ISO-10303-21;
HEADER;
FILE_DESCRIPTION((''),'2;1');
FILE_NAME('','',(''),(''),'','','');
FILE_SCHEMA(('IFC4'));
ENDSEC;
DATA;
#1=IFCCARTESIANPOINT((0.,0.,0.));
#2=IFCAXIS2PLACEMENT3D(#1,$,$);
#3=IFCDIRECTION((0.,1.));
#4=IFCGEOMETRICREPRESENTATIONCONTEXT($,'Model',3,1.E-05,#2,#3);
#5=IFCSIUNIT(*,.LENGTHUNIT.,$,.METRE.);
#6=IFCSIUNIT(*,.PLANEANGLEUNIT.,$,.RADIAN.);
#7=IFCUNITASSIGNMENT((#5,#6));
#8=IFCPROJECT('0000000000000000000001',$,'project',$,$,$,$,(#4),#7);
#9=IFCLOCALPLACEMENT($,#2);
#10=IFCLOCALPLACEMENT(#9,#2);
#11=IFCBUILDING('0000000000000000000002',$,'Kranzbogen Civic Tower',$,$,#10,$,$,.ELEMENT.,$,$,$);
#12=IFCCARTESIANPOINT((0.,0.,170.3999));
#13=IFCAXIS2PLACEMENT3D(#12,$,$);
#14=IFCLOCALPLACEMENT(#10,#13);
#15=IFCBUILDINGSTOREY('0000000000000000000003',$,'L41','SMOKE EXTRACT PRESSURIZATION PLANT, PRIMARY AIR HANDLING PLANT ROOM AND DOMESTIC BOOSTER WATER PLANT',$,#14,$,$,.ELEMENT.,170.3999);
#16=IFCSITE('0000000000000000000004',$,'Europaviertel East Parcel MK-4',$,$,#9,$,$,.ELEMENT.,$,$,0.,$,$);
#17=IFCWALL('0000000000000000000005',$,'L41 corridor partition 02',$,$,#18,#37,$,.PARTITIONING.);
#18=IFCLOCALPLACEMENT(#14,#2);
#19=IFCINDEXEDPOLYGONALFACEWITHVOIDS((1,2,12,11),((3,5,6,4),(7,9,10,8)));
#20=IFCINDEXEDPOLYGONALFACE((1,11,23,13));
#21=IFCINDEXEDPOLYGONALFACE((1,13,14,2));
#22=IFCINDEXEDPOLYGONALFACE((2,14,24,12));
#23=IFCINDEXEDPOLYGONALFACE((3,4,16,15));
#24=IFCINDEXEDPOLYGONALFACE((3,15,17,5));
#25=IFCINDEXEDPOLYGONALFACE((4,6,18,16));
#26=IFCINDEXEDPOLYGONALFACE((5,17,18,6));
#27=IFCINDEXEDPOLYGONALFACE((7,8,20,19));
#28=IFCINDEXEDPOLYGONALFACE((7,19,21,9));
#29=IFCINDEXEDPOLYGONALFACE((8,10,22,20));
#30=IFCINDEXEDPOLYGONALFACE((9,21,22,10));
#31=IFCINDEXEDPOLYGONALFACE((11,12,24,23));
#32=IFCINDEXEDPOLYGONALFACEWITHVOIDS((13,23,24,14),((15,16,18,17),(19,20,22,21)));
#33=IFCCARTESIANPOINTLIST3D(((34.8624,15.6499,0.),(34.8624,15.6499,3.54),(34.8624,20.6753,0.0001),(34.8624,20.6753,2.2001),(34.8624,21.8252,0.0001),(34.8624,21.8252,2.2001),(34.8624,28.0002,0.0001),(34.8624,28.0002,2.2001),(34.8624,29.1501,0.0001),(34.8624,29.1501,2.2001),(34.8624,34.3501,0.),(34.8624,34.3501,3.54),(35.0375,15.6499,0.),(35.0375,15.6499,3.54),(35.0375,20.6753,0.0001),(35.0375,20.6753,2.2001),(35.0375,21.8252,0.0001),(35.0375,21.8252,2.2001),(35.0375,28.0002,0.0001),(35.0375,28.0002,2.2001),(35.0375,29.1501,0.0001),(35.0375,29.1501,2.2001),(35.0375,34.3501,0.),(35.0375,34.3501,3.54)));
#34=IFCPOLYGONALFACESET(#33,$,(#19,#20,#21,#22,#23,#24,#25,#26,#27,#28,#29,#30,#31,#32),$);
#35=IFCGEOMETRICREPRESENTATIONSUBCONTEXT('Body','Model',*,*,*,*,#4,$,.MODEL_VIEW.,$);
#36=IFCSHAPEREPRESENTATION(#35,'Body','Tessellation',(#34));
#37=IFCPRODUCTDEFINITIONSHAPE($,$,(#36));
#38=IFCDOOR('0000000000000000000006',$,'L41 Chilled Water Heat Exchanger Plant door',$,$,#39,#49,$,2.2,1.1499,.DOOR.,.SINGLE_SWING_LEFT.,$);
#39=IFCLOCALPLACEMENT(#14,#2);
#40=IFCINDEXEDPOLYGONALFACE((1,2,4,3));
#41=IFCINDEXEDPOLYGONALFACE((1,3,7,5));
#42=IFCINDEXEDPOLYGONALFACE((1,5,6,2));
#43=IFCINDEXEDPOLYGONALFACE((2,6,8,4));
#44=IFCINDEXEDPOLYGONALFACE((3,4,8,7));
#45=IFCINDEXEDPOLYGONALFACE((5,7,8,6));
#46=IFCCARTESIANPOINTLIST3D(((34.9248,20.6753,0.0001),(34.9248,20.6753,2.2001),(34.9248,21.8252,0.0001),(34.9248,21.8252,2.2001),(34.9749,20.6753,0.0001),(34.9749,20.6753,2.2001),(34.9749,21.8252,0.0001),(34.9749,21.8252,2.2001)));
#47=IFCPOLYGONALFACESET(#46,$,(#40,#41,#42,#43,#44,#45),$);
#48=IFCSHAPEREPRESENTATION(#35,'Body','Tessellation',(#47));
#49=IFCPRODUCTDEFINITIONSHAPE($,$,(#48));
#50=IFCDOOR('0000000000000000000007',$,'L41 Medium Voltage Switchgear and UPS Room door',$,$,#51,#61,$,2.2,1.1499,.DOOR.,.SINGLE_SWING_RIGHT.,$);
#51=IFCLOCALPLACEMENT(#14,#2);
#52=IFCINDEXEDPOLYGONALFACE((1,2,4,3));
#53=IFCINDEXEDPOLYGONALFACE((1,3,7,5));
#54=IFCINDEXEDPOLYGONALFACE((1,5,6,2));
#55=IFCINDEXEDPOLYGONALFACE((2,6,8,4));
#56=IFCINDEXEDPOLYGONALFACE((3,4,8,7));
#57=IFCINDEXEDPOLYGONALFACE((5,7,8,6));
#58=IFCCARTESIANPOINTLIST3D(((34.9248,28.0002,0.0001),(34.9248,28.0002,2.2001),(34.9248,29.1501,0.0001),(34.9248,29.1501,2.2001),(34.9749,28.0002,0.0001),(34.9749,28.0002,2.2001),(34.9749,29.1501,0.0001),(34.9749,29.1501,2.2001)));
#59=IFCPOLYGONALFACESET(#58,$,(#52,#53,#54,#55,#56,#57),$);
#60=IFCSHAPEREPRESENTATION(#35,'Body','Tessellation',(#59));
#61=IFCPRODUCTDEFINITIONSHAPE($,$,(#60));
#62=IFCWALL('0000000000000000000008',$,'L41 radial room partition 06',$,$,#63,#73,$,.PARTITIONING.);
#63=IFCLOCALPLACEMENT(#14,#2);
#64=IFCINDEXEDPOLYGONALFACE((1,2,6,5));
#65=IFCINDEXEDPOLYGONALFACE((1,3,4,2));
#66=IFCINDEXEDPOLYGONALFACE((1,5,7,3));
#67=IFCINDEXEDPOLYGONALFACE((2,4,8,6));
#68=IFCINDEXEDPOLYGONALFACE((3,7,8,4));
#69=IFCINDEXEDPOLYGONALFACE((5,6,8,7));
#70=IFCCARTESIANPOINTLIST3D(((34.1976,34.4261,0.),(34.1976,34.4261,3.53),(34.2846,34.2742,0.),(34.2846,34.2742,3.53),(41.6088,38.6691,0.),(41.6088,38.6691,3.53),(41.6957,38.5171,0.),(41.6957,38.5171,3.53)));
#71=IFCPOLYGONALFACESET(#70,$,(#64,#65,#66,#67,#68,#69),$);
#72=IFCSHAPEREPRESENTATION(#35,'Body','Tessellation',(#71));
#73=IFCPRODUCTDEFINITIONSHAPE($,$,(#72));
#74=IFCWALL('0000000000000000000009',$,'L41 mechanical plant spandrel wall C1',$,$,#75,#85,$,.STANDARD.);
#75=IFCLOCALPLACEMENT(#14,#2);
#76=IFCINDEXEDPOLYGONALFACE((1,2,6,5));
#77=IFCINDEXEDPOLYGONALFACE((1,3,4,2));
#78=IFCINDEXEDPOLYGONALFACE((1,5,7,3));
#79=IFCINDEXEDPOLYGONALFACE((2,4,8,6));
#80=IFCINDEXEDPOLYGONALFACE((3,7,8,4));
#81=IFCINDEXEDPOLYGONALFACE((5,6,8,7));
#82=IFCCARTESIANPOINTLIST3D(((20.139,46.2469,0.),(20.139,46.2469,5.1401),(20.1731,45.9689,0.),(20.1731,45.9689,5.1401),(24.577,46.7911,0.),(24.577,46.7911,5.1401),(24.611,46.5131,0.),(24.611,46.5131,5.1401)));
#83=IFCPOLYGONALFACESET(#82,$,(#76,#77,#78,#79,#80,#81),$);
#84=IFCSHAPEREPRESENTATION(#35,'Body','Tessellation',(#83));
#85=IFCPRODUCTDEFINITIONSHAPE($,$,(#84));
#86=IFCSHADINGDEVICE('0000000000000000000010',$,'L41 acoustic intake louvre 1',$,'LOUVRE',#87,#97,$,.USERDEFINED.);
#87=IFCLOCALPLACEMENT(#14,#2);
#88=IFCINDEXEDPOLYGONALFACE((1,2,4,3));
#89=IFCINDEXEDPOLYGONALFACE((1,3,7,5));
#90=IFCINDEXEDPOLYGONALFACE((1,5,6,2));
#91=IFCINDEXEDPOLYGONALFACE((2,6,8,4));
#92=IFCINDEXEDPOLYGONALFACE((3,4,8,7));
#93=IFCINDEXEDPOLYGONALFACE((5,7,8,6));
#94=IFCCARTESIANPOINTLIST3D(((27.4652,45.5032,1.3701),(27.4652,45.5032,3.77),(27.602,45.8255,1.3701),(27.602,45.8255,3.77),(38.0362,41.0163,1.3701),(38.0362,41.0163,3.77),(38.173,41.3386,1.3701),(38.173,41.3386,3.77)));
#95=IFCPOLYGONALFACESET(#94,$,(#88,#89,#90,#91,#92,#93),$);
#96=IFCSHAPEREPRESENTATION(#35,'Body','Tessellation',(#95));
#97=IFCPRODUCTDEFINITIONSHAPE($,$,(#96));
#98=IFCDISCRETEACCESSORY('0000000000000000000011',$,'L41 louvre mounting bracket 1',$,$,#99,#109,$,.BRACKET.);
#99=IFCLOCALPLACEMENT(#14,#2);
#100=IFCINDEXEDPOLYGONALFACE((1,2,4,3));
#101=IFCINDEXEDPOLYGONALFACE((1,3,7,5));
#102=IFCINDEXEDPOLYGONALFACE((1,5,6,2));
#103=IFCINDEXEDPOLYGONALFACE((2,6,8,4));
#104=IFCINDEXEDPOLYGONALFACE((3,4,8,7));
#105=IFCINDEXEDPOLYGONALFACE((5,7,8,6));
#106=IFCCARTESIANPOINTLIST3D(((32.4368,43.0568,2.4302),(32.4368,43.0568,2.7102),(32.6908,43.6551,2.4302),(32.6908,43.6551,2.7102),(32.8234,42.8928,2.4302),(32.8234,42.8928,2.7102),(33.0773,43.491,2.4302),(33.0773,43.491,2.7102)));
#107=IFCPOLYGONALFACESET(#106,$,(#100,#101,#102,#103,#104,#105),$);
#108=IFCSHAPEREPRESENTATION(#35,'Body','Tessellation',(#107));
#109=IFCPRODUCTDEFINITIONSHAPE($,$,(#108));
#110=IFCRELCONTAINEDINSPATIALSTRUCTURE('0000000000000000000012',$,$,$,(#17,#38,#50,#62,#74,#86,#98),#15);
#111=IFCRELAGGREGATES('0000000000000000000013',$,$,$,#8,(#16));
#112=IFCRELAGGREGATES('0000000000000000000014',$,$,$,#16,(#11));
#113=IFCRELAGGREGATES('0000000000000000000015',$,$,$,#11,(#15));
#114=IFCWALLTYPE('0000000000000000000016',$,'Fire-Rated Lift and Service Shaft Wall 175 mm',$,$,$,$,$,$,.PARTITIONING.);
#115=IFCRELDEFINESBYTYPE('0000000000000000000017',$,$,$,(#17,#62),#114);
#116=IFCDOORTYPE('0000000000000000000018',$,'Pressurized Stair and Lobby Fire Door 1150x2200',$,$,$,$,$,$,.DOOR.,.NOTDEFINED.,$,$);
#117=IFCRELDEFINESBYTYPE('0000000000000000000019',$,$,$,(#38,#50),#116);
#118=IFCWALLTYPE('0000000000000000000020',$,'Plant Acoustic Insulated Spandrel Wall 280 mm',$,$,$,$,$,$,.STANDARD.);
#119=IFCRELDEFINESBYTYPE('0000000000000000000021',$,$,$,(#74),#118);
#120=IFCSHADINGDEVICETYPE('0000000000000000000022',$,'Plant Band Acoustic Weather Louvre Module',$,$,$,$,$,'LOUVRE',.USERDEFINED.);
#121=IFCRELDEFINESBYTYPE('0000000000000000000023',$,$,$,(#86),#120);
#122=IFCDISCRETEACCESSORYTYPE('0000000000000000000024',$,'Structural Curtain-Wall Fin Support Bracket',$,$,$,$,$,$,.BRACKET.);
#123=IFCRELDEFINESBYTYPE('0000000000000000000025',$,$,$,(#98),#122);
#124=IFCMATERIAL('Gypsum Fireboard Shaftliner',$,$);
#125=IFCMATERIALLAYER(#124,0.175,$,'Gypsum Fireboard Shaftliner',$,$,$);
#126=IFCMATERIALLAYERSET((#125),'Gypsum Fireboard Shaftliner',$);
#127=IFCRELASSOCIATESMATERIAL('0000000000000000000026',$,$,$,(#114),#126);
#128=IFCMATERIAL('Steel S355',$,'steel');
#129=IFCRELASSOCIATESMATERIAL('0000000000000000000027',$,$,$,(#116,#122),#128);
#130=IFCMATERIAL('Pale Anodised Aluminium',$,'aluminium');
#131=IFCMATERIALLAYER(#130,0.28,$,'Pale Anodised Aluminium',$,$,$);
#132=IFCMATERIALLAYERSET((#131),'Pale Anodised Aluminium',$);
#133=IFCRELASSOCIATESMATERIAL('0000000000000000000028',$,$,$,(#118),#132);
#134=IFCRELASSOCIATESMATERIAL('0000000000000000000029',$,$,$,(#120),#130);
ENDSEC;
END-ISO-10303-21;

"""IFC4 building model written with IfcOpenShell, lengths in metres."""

from ifc_helpers import new_model, si_unit, direction, frame, frame_2d, origin, origin_2d, place, context, subcontext, project, spatial, rectangle, extrude, material, layer, layer_set, type_object, element, fill, save


model = new_model("IFC4")

# Units and contexts
model_context = context("Model", 3, precision=1e-05, world=origin(), true_north=direction((0.0, 1.0)))
body_context = subcontext(model_context, "Body", "Model", "MODEL_VIEW")
ifc_project = project(units=[si_unit("LENGTHUNIT", "METRE"), si_unit("PLANEANGLEUNIT", "RADIAN")], contexts=[model_context])

# Site, building, storey
site_placement = place(None, origin())
site = spatial("IfcSite", under=ifc_project, at=site_placement, Name="Europaviertel East Parcel MK-4", CompositionType="ELEMENT", RefElevation=0.0)
building_placement = place(site_placement, origin())
building = spatial("IfcBuilding", under=site, at=building_placement, Name="Kranzbogen Civic Tower", CompositionType="ELEMENT")
storey_placement = place(building_placement, frame((0.0, 0.0, 170.3999)))
storey = spatial("IfcBuildingStorey", under=building, at=storey_placement, Name="L41", Description="SMOKE EXTRACT PRESSURIZATION PLANT, PRIMARY AIR HANDLING PLANT ROOM AND DOMESTIC BOOSTER WATER PLANT", CompositionType="ELEMENT", Elevation=170.3999)

# Shared definitions
ifc_material_1 = material(Name="Steel S355", Category="steel")

# Wall, openings, doors
ifc_material_2 = material(Name="Gypsum Fireboard Shaftliner")
ifc_layer_1 = layer(ifc_material_2, 0.175, Name="Gypsum Fireboard Shaftliner")
ifc_layer_set_1 = layer_set([ifc_layer_1], Name="Gypsum Fireboard Shaftliner")
wall_type_1 = type_object("IfcWallType", Name="Fire-Rated Lift and Service Shaft Wall 175 mm", PredefinedType="PARTITIONING", material=ifc_layer_set_1)
wall_1_placement = place(storey_placement, frame((34.95, 34.3501, 0.0), z_axis=(0.0, 0.0, 1.0), x_axis=(0.0, -1.0, 0.0)))
wall_1 = element("IfcWall", 1, at=wall_1_placement, inside=storey, type_object=wall_type_1, Name="L41 corridor partition 02", PredefinedType="PARTITIONING", context=body_context, shape_type="SweptSolid", body=[
    extrude(rectangle(XDim=18.7002, YDim=0.175, at=frame_2d((9.3501, 0.0))), origin(), (0.0, 0.0, 1.0), 3.54),
])
opening_1_placement = place(wall_1_placement, frame((12.5249, 0.0, 0.0)))
opening_1 = element("IfcOpeningElement", 2, at=opening_1_placement, cuts=wall_1, PredefinedType="OPENING", context=body_context, shape_type="SweptSolid", body=[
    extrude(rectangle(XDim=1.1499, YDim=2.2, at=frame_2d((0.575, 1.1001))), frame((0.0, 0.0977, 0.0), z_axis=(0.0, -1.0, 0.0), x_axis=(1.0, 0.0, 0.0)), (0.0, 0.0, 1.0), 0.1951),
])
opening_2_placement = place(wall_1_placement, frame((5.2, 0.0, 0.0)))
opening_2 = element("IfcOpeningElement", 3, at=opening_2_placement, cuts=wall_1, PredefinedType="OPENING", context=body_context, shape_type="SweptSolid", body=[
    extrude(rectangle(XDim=1.1499, YDim=2.2, at=frame_2d((0.575, 1.1001))), frame((0.0, 0.0977, 0.0), z_axis=(0.0, -1.0, 0.0), x_axis=(1.0, 0.0, 0.0)), (0.0, 0.0, 1.0), 0.1951),
])
door_type = type_object("IfcDoorType", Name="Pressurized Stair and Lobby Fire Door 1150x2200", OperationType="NOTDEFINED", PredefinedType="DOOR", material=ifc_material_1)
door_1_placement = place(opening_1_placement, origin())
door_1 = element("IfcDoor", 4, at=door_1_placement, inside=storey, type_object=door_type, Name="L41 Chilled Water Heat Exchanger Plant door", OperationType="SINGLE_SWING_LEFT", OverallHeight=2.2, OverallWidth=1.1499, PredefinedType="DOOR", context=body_context, shape_type="SweptSolid", body=[
    extrude(rectangle(XDim=1.1499, YDim=2.2, at=frame_2d((0.575, 1.1001))), frame((0.0, 0.0249, 0.0), z_axis=(0.0, -1.0, 0.0), x_axis=(1.0, 0.0, 0.0)), (0.0, 0.0, 1.0), 0.05),
])
fill(opening_1, door_1)
door_2_placement = place(opening_2_placement, origin())
door_2 = element("IfcDoor", 5, at=door_2_placement, inside=storey, type_object=door_type, Name="L41 Medium Voltage Switchgear and UPS Room door", OperationType="SINGLE_SWING_RIGHT", OverallHeight=2.2, OverallWidth=1.1499, PredefinedType="DOOR", context=body_context, shape_type="SweptSolid", body=[
    extrude(rectangle(XDim=1.1499, YDim=2.2, at=frame_2d((0.575, 1.1001))), frame((0.0, 0.0249, 0.0), z_axis=(0.0, -1.0, 0.0), x_axis=(1.0, 0.0, 0.0)), (0.0, 0.0, 1.0), 0.05),
])
fill(opening_2, door_2)

# Walls
wall_2_placement = place(storey_placement, frame((34.241, 34.3501, 0.0), z_axis=(0.0, 0.0, 1.0), x_axis=(0.86784, 0.496844, 0.0)))
element("IfcWall", 6, at=wall_2_placement, inside=storey, type_object=wall_type_1, Name="L41 radial room partition 06", PredefinedType="PARTITIONING", context=body_context, shape_type="SweptSolid", body=[
    extrude(rectangle(XDim=8.5398, YDim=0.175, at=frame_2d((4.27, 0.0))), origin(), (0.0, 0.0, 1.0), 3.53),
])
ifc_material_3 = material(Name="Pale Anodised Aluminium", Category="aluminium")
ifc_layer_2 = layer(ifc_material_3, 0.28, Name="Pale Anodised Aluminium")
ifc_layer_set_2 = layer_set([ifc_layer_2], Name="Pale Anodised Aluminium")
wall_type_2 = type_object("IfcWallType", Name="Plant Acoustic Insulated Spandrel Wall 280 mm", PredefinedType="STANDARD", material=ifc_layer_set_2)
wall_3_placement = place(storey_placement, frame((24.594, 46.6521, 0.0), z_axis=(0.0, 0.0, 1.0), x_axis=(-0.992566, -0.121709, 0.0)))
element("IfcWall", 7, at=wall_3_placement, inside=storey, type_object=wall_type_2, Name="L41 mechanical plant spandrel wall C1", PredefinedType="STANDARD", context=body_context, shape_type="SweptSolid", body=[
    extrude(rectangle(XDim=4.4712, YDim=0.28, at=frame_2d((2.2356, 0.0))), origin(), (0.0, 0.0, 1.0), 5.1401),
])

# Shading device
shading_device_type = type_object("IfcShadingDeviceType", Name="Plant Band Acoustic Weather Louvre Module", ElementType="LOUVRE", PredefinedType="USERDEFINED", material=ifc_material_3)
shading_device_placement = place(storey_placement, frame((32.8191, 43.4209, 1.3701), z_axis=(0.0, 0.0, 1.0), x_axis=(-0.920512, 0.390715, 0.0)))
element("IfcShadingDevice", 8, at=shading_device_placement, inside=storey, type_object=shading_device_type, Name="L41 acoustic intake louvre 1", ObjectType="LOUVRE", PredefinedType="USERDEFINED", context=body_context, shape_type="SweptSolid", body=[
    extrude(rectangle(XDim=11.4839, YDim=0.3501, at=origin_2d()), origin(), (0.0, 0.0, 1.0), 2.3999),
])

# Discrete accessory
discrete_accessory_type = type_object("IfcDiscreteAccessoryType", Name="Structural Curtain-Wall Fin Support Bracket", PredefinedType="BRACKET", material=ifc_material_1)
discrete_accessory_placement = place(storey_placement, frame((32.7571, 43.2739, 2.4302), z_axis=(0.0, 0.0, 1.0), x_axis=(0.390731, 0.920505, 0.0)))
element("IfcDiscreteAccessory", 9, at=discrete_accessory_placement, inside=storey, type_object=discrete_accessory_type, Name="L41 louvre mounting bracket 1", PredefinedType="BRACKET", context=body_context, shape_type="SweptSolid", body=[
    extrude(rectangle(XDim=0.6499, YDim=0.4199, at=origin_2d()), origin(), (0.0, 0.0, 1.0), 0.28),
])

save(model, "model.ifc")
